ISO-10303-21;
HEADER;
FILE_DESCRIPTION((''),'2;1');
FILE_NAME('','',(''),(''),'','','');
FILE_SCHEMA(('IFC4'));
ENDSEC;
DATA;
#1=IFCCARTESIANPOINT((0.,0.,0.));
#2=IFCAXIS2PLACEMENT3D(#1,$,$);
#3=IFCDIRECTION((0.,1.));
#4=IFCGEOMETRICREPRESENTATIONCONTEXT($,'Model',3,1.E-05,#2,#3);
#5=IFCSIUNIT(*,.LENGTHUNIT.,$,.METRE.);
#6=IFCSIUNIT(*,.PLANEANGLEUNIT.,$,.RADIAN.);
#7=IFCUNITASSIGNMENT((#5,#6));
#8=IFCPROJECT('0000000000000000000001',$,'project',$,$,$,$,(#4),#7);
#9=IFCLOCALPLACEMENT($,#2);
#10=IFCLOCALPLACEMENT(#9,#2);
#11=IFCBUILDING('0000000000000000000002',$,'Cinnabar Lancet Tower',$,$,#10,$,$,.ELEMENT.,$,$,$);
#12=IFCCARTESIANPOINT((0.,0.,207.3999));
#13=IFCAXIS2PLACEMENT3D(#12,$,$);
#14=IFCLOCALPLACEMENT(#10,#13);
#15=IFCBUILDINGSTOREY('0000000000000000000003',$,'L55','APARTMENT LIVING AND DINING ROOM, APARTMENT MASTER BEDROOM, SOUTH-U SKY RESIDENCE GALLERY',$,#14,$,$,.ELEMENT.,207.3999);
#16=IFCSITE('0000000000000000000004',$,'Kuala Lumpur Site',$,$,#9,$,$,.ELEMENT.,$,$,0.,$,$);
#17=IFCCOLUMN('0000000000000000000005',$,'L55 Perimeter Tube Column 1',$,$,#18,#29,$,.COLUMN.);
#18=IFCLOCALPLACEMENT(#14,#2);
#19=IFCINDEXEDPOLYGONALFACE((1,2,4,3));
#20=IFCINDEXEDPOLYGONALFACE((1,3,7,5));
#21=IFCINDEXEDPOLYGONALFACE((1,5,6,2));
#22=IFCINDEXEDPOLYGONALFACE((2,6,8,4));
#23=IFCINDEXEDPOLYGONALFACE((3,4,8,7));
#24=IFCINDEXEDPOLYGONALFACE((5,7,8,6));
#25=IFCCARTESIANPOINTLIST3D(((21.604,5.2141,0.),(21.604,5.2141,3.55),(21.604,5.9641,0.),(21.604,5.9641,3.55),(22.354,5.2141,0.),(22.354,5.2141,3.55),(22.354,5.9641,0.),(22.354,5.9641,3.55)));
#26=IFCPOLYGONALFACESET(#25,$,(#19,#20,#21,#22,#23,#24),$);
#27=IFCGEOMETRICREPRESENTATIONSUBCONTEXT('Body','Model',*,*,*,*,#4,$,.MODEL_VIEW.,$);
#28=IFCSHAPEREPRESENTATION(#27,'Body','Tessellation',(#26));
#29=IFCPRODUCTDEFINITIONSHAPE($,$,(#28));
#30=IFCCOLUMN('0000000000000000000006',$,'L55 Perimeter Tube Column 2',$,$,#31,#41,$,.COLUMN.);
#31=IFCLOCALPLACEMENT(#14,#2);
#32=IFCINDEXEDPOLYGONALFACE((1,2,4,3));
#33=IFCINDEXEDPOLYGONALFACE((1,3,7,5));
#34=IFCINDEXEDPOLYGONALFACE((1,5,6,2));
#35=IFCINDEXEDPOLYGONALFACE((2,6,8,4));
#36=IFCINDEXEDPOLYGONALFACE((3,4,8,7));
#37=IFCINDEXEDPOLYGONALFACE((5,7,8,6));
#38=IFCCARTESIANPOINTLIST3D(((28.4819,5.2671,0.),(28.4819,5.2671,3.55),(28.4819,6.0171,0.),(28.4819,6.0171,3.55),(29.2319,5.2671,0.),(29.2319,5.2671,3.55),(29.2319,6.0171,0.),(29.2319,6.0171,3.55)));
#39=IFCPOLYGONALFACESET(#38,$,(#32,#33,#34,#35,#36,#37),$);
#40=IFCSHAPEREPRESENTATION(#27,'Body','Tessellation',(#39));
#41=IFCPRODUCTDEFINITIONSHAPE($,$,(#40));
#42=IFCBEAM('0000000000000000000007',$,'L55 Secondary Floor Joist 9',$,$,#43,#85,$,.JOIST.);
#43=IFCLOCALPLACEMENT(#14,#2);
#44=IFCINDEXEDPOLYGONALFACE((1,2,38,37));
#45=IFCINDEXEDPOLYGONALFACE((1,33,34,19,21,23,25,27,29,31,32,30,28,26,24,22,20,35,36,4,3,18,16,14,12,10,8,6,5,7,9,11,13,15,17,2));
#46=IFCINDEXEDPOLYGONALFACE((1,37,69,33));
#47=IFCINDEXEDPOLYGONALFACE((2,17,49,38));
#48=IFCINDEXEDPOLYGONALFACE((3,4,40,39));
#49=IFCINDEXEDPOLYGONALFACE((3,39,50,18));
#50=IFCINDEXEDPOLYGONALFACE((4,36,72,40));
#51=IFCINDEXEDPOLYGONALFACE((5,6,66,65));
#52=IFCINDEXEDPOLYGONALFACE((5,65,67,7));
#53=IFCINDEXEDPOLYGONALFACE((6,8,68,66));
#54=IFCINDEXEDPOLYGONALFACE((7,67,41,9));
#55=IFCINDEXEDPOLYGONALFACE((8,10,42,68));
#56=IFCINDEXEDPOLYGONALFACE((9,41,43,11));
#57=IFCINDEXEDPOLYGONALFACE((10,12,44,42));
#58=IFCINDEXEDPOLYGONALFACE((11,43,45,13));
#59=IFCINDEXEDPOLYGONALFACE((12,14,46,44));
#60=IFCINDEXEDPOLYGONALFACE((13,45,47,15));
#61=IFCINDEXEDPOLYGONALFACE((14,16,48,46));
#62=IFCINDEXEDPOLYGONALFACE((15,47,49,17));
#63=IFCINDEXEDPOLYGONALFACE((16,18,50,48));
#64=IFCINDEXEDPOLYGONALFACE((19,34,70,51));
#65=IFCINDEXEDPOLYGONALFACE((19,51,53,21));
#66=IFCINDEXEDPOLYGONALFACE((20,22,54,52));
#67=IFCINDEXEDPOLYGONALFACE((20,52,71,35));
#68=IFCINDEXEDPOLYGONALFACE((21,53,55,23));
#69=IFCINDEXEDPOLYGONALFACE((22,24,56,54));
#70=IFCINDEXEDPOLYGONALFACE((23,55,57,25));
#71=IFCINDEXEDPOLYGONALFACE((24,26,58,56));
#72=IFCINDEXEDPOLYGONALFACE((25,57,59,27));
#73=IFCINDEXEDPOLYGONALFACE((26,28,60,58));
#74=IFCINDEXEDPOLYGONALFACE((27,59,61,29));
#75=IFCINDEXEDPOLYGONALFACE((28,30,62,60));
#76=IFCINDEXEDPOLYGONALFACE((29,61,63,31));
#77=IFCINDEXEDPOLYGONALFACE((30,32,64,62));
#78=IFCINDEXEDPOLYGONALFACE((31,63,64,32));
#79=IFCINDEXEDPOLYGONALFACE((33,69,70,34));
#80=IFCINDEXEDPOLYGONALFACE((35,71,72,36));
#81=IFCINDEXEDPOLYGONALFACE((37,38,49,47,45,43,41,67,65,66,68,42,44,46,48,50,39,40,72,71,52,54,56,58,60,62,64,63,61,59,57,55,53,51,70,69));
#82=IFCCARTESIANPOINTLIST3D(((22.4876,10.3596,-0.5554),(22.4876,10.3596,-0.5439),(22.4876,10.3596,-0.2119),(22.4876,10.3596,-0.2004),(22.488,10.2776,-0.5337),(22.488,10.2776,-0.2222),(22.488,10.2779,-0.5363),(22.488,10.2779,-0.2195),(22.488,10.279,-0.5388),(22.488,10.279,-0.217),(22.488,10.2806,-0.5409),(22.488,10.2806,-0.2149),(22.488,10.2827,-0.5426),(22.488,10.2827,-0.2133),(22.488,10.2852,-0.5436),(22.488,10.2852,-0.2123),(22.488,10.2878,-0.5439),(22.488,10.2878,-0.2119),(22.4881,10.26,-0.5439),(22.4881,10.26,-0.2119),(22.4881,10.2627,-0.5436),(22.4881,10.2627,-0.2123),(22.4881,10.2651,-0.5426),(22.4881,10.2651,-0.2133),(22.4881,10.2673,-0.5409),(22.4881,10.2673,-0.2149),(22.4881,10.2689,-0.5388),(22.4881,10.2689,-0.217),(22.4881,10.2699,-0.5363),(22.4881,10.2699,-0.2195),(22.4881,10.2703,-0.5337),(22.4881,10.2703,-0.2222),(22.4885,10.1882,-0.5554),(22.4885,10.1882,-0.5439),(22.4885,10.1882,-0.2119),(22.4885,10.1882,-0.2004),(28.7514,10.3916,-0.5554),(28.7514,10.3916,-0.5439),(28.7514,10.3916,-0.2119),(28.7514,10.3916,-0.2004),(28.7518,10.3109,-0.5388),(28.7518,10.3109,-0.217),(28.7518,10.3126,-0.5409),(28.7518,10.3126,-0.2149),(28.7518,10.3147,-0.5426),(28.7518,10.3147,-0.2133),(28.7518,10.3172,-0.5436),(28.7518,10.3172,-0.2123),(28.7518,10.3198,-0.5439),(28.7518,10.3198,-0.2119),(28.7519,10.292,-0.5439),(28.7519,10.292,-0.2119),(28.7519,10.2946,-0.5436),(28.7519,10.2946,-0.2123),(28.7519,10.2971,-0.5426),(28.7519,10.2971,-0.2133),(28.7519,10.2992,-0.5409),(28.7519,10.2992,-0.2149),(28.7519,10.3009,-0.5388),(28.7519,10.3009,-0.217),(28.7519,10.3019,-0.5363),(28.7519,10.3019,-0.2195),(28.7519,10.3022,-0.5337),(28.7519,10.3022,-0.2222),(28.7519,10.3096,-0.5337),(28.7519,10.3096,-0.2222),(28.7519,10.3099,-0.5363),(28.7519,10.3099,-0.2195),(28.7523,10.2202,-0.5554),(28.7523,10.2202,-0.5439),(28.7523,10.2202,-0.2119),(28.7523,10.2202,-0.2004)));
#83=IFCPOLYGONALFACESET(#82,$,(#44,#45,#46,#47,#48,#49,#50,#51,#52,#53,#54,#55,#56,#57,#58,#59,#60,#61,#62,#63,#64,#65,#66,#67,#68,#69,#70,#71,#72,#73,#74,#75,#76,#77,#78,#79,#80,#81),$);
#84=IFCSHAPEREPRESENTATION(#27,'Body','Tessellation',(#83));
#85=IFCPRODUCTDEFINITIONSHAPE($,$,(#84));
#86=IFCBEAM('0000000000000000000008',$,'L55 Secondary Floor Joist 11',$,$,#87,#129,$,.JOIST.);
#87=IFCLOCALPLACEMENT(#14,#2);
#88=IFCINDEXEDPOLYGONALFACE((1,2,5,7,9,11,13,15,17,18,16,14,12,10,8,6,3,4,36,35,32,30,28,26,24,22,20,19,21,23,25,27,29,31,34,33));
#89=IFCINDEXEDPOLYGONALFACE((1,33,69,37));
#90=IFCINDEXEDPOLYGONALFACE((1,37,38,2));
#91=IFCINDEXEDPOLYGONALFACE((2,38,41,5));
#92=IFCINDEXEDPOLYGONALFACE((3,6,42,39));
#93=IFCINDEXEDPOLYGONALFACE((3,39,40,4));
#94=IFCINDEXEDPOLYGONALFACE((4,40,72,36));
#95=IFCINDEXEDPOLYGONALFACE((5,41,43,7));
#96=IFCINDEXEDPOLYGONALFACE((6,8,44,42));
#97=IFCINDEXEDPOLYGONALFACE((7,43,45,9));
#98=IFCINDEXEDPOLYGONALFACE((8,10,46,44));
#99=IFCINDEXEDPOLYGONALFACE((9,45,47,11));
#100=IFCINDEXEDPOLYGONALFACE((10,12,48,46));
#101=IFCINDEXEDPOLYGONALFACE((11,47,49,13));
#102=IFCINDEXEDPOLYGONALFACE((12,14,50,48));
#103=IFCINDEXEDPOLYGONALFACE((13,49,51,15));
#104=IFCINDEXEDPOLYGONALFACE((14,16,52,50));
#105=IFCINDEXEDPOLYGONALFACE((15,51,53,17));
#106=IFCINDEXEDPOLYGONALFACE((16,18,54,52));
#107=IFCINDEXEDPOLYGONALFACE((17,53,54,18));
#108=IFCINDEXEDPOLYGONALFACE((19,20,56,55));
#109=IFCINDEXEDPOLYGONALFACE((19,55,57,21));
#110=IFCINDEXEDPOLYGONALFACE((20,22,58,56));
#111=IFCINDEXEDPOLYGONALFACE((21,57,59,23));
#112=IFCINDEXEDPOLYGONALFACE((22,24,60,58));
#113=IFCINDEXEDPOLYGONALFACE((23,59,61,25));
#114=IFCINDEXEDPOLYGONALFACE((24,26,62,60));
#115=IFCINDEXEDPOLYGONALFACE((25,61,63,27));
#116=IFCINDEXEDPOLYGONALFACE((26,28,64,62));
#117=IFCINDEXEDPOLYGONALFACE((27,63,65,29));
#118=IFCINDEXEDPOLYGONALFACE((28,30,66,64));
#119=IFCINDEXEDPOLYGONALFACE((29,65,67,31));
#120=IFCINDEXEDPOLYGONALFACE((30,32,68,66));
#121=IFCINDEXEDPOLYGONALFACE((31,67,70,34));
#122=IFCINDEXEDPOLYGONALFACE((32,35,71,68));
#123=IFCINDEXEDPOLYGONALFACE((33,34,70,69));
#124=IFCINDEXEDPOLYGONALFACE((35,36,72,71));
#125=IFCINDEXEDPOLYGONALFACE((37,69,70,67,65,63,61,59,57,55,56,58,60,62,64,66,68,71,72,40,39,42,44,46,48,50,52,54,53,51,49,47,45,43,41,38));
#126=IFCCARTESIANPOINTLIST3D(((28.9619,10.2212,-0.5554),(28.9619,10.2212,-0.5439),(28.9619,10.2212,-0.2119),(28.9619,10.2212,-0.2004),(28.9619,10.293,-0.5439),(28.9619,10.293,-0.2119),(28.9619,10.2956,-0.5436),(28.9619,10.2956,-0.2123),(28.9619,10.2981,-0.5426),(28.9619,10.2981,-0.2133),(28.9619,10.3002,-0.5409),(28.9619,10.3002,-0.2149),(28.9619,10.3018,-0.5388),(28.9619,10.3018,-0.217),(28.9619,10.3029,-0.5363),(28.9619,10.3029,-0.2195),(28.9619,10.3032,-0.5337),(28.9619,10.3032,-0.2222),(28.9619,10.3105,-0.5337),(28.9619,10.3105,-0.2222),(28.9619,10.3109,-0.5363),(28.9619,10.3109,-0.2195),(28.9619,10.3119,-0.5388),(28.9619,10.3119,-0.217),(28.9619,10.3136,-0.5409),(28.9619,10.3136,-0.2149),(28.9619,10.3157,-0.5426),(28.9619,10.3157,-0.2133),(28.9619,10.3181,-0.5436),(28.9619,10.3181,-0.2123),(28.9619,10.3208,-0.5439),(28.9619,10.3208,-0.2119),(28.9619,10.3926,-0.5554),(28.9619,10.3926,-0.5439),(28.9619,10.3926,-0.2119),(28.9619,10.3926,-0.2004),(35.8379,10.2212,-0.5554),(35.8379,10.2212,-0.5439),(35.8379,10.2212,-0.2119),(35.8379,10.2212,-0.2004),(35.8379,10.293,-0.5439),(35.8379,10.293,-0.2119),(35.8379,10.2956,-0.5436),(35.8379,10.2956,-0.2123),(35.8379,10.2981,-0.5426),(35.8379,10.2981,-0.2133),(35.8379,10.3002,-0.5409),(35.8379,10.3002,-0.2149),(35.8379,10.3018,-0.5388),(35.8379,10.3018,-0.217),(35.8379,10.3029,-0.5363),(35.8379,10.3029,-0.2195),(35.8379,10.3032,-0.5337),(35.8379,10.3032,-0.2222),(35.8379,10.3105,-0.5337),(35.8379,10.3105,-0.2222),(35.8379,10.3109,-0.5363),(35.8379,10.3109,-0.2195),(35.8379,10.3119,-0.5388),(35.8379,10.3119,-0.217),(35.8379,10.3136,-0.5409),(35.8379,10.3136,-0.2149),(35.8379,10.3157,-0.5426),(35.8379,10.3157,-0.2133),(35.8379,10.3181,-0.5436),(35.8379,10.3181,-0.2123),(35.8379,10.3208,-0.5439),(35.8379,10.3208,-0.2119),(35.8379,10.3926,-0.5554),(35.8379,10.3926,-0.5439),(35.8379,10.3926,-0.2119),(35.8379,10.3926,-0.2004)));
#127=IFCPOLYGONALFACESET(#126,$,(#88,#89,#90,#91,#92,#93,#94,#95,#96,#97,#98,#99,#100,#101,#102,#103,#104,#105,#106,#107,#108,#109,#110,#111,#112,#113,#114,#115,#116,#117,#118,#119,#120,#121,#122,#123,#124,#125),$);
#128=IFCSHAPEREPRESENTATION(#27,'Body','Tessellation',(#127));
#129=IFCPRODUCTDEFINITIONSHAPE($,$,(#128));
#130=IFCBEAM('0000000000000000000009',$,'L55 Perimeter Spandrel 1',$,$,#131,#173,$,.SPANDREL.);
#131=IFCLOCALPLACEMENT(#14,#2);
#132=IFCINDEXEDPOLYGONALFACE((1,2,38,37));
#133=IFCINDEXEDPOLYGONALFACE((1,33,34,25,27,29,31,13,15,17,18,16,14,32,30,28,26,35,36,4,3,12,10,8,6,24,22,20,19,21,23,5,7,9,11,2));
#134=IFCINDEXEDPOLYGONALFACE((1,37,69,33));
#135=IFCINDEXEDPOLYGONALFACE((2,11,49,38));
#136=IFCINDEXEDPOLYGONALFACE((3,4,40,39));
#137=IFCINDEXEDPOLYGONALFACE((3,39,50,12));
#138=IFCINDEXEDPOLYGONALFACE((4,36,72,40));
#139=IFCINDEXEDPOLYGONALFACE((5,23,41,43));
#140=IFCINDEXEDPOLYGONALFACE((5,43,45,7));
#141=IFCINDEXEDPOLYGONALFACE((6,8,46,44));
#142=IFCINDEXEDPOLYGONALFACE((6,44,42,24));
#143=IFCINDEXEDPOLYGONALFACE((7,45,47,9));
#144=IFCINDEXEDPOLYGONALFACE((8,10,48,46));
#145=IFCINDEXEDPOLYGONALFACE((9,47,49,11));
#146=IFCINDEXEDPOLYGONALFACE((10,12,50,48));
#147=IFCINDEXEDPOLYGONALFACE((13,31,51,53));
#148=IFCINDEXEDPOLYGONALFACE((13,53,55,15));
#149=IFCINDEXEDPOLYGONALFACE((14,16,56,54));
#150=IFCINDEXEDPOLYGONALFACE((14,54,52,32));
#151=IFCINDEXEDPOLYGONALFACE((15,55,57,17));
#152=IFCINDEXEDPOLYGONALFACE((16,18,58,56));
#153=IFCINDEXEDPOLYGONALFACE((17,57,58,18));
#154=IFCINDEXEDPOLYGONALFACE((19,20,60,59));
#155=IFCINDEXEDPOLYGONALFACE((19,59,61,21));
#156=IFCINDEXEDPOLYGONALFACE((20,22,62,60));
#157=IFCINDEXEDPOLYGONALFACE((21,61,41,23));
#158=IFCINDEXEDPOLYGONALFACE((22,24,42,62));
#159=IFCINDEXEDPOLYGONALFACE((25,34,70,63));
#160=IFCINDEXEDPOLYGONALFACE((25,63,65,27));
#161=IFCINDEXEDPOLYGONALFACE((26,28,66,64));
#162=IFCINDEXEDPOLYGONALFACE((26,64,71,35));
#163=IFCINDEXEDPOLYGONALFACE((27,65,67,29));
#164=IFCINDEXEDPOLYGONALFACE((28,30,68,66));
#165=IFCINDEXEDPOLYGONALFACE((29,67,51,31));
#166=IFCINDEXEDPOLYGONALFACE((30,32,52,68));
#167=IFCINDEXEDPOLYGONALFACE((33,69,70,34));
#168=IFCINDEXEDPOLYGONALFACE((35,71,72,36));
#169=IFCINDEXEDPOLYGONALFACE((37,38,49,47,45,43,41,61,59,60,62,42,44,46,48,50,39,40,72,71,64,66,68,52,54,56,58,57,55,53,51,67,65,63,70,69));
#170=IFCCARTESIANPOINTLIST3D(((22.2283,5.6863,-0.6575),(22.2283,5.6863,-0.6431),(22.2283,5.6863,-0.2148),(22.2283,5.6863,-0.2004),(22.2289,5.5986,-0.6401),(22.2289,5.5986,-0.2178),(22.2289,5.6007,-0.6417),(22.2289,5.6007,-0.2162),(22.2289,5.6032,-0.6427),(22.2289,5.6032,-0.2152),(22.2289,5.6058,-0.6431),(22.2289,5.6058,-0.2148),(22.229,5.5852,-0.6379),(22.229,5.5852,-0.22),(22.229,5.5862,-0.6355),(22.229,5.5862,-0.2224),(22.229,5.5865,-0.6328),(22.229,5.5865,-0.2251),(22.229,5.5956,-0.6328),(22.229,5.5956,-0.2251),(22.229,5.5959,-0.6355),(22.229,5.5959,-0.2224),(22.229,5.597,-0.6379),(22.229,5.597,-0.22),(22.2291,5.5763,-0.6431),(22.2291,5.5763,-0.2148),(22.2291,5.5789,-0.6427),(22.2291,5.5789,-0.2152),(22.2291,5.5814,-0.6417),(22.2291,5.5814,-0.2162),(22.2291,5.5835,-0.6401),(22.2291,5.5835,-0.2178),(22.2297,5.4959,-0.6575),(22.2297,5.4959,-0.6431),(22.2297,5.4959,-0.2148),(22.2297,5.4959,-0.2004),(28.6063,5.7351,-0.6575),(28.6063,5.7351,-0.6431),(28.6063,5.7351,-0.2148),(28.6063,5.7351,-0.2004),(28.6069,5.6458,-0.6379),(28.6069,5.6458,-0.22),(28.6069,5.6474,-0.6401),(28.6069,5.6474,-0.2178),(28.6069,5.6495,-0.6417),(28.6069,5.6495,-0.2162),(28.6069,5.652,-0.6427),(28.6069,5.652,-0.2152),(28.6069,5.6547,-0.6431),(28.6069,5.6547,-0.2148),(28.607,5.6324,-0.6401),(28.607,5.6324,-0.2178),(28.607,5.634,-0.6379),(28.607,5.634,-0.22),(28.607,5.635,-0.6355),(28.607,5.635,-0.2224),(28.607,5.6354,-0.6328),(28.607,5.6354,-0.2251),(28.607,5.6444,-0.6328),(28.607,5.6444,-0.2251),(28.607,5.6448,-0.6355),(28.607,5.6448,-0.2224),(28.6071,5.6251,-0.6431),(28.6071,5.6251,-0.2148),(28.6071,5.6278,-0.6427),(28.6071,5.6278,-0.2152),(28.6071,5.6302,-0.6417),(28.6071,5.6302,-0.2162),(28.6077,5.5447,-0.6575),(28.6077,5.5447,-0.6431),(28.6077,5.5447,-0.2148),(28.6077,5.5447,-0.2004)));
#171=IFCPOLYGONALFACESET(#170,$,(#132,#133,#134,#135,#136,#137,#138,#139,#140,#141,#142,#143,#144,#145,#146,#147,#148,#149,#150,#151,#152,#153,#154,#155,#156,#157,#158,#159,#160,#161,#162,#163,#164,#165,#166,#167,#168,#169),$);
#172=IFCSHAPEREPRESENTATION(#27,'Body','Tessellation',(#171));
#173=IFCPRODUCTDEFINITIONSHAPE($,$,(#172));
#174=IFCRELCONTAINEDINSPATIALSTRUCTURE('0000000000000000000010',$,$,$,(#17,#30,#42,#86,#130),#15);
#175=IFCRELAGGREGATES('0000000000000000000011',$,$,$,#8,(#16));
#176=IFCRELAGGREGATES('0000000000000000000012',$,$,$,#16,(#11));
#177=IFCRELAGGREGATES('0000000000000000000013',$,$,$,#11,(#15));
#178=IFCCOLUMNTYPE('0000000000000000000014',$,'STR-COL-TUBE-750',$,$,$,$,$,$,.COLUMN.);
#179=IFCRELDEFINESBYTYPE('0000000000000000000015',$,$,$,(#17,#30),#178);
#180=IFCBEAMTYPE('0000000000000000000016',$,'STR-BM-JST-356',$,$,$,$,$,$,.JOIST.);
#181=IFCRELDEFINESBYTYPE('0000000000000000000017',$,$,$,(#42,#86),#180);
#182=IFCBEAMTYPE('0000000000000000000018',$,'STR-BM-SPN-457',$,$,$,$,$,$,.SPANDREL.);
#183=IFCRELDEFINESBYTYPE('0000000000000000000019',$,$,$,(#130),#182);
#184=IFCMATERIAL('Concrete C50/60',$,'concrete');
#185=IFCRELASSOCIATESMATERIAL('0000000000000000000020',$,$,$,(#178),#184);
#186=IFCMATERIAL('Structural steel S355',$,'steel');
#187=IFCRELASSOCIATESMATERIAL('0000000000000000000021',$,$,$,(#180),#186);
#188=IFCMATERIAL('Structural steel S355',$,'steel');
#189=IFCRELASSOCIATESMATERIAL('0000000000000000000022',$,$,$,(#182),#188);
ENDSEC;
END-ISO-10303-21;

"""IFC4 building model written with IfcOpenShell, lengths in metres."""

from ifc_helpers import new_model, si_unit, direction, frame, origin, origin_2d, place, context, subcontext, project, spatial, rectangle, i_section, extrude, material, material_profile, profile_set, type_object, element, save


model = new_model("IFC4")

# Units and contexts
model_context = context("Model", 3, precision=1e-05, world=origin(), true_north=direction((0.0, 1.0)))
body_context = subcontext(model_context, "Body", "Model", "MODEL_VIEW")
ifc_project = project(units=[si_unit("LENGTHUNIT", "METRE"), si_unit("PLANEANGLEUNIT", "RADIAN")], contexts=[model_context])

# Site, building, storey
site_placement = place(None, origin())
site = spatial("IfcSite", under=ifc_project, at=site_placement, Name="Kuala Lumpur Site", CompositionType="ELEMENT", RefElevation=0.0)
building_placement = place(site_placement, origin())
building = spatial("IfcBuilding", under=site, at=building_placement, Name="Cinnabar Lancet Tower", CompositionType="ELEMENT")
storey_placement = place(building_placement, frame((0.0, 0.0, 207.3999)))
storey = spatial("IfcBuildingStorey", under=building, at=storey_placement, Name="L55", Description="APARTMENT LIVING AND DINING ROOM, APARTMENT MASTER BEDROOM, SOUTH-U SKY RESIDENCE GALLERY", CompositionType="ELEMENT", Elevation=207.3999)

# Columns
ifc_material_1 = material(Name="Concrete C50/60", Category="concrete")
ifc_material_profile_1 = material_profile(ifc_material_1, rectangle(XDim=0.75, YDim=0.75, at=origin_2d()), Name="RC-COL 750x750")
ifc_profile_set_1 = profile_set([ifc_material_profile_1], Name="Concrete C50/60")
column_type = type_object("IfcColumnType", Name="STR-COL-TUBE-750", PredefinedType="COLUMN", material=ifc_profile_set_1)
for number, where, z_axis, x_axis, name in (
    (1, (21.979, 5.5891, 0.0), (0.0, 0.0, 1.0), (1.0, 0.0, 0.0), "L55 Perimeter Tube Column 1"),
    (2, (28.8569, 5.6421, 0.0), (0.0, 0.0, 1.0), (1.0, 0.0, 0.0), "L55 Perimeter Tube Column 2"),
):
    element("IfcColumn", number, at=place(storey_placement, frame(where, z_axis=z_axis, x_axis=x_axis)), inside=storey, type_object=column_type, Name=name, PredefinedType="COLUMN", context=body_context, shape_type="SweptSolid", body=[
        extrude(rectangle(XDim=0.75, YDim=0.75, at=origin_2d()), origin(), (0.0, 0.0, 1.0), 3.55),
    ])

# Beams
ifc_material_2 = material(Name="Structural steel S355", Category="steel")
ifc_material_profile_2 = material_profile(ifc_material_2, i_section(OverallWidth=0.1714, OverallDepth=0.355, WebThickness=0.0073, FlangeThickness=0.0115, FilletRadius=0.0103, at=origin_2d()), Name="UKB 356x171x51")
ifc_profile_set_2 = profile_set([ifc_material_profile_2], Name="Structural steel S355")
beam_type_1 = type_object("IfcBeamType", Name="STR-BM-JST-356", PredefinedType="JOIST", material=ifc_profile_set_2)
beam_1_placement = place(storey_placement, frame((22.488, 10.2739, -0.3779), z_axis=(0.999987, 0.005106, 0.0), x_axis=(-0.005106, 0.999987, 0.0)))
element("IfcBeam", 3, at=beam_1_placement, inside=storey, type_object=beam_type_1, Name="L55 Secondary Floor Joist 9", PredefinedType="JOIST", context=body_context, shape_type="SweptSolid", body=[
    extrude(i_section(OverallWidth=0.1714, OverallDepth=0.355, WebThickness=0.0073, FlangeThickness=0.0115, FilletRadius=0.0103, at=origin_2d()), origin(), (0.0, 0.0, 1.0), 6.2639),
])
beam_2_placement = place(storey_placement, frame((28.9619, 10.3069, -0.3779), z_axis=(1.0, 0.0, 0.0), x_axis=(0.0, 1.0, 0.0)))
element("IfcBeam", 4, at=beam_2_placement, inside=storey, type_object=beam_type_1, Name="L55 Secondary Floor Joist 11", PredefinedType="JOIST", context=body_context, shape_type="SweptSolid", body=[
    extrude(i_section(OverallWidth=0.1714, OverallDepth=0.355, WebThickness=0.0073, FlangeThickness=0.0115, FilletRadius=0.0103, at=origin_2d()), origin(), (0.0, 0.0, 1.0), 6.876),
])
ifc_material_3 = material(Name="Structural steel S355", Category="steel")
ifc_material_profile_3 = material_profile(ifc_material_3, i_section(OverallWidth=0.1904, OverallDepth=0.457, WebThickness=0.009, FlangeThickness=0.0144, FilletRadius=0.0103, at=origin_2d()), Name="UKB 457x191x74")
ifc_profile_set_3 = profile_set([ifc_material_profile_3], Name="Structural steel S355")
beam_type_2 = type_object("IfcBeamType", Name="STR-BM-SPN-457", PredefinedType="SPANDREL", material=ifc_profile_set_3)
beam_3_placement = place(storey_placement, frame((22.229, 5.5911, -0.429), z_axis=(0.999971, 0.007656, 0.0), x_axis=(-0.007656, 0.999971, 0.0)))
element("IfcBeam", 5, at=beam_3_placement, inside=storey, type_object=beam_type_2, Name="L55 Perimeter Spandrel 1", PredefinedType="SPANDREL", context=body_context, shape_type="SweptSolid", body=[
    extrude(i_section(OverallWidth=0.1904, OverallDepth=0.457, WebThickness=0.009, FlangeThickness=0.0144, FilletRadius=0.0103, at=origin_2d()), origin(), (0.0, 0.0, 1.0), 6.3782),
])

save(model, "model.ifc")
